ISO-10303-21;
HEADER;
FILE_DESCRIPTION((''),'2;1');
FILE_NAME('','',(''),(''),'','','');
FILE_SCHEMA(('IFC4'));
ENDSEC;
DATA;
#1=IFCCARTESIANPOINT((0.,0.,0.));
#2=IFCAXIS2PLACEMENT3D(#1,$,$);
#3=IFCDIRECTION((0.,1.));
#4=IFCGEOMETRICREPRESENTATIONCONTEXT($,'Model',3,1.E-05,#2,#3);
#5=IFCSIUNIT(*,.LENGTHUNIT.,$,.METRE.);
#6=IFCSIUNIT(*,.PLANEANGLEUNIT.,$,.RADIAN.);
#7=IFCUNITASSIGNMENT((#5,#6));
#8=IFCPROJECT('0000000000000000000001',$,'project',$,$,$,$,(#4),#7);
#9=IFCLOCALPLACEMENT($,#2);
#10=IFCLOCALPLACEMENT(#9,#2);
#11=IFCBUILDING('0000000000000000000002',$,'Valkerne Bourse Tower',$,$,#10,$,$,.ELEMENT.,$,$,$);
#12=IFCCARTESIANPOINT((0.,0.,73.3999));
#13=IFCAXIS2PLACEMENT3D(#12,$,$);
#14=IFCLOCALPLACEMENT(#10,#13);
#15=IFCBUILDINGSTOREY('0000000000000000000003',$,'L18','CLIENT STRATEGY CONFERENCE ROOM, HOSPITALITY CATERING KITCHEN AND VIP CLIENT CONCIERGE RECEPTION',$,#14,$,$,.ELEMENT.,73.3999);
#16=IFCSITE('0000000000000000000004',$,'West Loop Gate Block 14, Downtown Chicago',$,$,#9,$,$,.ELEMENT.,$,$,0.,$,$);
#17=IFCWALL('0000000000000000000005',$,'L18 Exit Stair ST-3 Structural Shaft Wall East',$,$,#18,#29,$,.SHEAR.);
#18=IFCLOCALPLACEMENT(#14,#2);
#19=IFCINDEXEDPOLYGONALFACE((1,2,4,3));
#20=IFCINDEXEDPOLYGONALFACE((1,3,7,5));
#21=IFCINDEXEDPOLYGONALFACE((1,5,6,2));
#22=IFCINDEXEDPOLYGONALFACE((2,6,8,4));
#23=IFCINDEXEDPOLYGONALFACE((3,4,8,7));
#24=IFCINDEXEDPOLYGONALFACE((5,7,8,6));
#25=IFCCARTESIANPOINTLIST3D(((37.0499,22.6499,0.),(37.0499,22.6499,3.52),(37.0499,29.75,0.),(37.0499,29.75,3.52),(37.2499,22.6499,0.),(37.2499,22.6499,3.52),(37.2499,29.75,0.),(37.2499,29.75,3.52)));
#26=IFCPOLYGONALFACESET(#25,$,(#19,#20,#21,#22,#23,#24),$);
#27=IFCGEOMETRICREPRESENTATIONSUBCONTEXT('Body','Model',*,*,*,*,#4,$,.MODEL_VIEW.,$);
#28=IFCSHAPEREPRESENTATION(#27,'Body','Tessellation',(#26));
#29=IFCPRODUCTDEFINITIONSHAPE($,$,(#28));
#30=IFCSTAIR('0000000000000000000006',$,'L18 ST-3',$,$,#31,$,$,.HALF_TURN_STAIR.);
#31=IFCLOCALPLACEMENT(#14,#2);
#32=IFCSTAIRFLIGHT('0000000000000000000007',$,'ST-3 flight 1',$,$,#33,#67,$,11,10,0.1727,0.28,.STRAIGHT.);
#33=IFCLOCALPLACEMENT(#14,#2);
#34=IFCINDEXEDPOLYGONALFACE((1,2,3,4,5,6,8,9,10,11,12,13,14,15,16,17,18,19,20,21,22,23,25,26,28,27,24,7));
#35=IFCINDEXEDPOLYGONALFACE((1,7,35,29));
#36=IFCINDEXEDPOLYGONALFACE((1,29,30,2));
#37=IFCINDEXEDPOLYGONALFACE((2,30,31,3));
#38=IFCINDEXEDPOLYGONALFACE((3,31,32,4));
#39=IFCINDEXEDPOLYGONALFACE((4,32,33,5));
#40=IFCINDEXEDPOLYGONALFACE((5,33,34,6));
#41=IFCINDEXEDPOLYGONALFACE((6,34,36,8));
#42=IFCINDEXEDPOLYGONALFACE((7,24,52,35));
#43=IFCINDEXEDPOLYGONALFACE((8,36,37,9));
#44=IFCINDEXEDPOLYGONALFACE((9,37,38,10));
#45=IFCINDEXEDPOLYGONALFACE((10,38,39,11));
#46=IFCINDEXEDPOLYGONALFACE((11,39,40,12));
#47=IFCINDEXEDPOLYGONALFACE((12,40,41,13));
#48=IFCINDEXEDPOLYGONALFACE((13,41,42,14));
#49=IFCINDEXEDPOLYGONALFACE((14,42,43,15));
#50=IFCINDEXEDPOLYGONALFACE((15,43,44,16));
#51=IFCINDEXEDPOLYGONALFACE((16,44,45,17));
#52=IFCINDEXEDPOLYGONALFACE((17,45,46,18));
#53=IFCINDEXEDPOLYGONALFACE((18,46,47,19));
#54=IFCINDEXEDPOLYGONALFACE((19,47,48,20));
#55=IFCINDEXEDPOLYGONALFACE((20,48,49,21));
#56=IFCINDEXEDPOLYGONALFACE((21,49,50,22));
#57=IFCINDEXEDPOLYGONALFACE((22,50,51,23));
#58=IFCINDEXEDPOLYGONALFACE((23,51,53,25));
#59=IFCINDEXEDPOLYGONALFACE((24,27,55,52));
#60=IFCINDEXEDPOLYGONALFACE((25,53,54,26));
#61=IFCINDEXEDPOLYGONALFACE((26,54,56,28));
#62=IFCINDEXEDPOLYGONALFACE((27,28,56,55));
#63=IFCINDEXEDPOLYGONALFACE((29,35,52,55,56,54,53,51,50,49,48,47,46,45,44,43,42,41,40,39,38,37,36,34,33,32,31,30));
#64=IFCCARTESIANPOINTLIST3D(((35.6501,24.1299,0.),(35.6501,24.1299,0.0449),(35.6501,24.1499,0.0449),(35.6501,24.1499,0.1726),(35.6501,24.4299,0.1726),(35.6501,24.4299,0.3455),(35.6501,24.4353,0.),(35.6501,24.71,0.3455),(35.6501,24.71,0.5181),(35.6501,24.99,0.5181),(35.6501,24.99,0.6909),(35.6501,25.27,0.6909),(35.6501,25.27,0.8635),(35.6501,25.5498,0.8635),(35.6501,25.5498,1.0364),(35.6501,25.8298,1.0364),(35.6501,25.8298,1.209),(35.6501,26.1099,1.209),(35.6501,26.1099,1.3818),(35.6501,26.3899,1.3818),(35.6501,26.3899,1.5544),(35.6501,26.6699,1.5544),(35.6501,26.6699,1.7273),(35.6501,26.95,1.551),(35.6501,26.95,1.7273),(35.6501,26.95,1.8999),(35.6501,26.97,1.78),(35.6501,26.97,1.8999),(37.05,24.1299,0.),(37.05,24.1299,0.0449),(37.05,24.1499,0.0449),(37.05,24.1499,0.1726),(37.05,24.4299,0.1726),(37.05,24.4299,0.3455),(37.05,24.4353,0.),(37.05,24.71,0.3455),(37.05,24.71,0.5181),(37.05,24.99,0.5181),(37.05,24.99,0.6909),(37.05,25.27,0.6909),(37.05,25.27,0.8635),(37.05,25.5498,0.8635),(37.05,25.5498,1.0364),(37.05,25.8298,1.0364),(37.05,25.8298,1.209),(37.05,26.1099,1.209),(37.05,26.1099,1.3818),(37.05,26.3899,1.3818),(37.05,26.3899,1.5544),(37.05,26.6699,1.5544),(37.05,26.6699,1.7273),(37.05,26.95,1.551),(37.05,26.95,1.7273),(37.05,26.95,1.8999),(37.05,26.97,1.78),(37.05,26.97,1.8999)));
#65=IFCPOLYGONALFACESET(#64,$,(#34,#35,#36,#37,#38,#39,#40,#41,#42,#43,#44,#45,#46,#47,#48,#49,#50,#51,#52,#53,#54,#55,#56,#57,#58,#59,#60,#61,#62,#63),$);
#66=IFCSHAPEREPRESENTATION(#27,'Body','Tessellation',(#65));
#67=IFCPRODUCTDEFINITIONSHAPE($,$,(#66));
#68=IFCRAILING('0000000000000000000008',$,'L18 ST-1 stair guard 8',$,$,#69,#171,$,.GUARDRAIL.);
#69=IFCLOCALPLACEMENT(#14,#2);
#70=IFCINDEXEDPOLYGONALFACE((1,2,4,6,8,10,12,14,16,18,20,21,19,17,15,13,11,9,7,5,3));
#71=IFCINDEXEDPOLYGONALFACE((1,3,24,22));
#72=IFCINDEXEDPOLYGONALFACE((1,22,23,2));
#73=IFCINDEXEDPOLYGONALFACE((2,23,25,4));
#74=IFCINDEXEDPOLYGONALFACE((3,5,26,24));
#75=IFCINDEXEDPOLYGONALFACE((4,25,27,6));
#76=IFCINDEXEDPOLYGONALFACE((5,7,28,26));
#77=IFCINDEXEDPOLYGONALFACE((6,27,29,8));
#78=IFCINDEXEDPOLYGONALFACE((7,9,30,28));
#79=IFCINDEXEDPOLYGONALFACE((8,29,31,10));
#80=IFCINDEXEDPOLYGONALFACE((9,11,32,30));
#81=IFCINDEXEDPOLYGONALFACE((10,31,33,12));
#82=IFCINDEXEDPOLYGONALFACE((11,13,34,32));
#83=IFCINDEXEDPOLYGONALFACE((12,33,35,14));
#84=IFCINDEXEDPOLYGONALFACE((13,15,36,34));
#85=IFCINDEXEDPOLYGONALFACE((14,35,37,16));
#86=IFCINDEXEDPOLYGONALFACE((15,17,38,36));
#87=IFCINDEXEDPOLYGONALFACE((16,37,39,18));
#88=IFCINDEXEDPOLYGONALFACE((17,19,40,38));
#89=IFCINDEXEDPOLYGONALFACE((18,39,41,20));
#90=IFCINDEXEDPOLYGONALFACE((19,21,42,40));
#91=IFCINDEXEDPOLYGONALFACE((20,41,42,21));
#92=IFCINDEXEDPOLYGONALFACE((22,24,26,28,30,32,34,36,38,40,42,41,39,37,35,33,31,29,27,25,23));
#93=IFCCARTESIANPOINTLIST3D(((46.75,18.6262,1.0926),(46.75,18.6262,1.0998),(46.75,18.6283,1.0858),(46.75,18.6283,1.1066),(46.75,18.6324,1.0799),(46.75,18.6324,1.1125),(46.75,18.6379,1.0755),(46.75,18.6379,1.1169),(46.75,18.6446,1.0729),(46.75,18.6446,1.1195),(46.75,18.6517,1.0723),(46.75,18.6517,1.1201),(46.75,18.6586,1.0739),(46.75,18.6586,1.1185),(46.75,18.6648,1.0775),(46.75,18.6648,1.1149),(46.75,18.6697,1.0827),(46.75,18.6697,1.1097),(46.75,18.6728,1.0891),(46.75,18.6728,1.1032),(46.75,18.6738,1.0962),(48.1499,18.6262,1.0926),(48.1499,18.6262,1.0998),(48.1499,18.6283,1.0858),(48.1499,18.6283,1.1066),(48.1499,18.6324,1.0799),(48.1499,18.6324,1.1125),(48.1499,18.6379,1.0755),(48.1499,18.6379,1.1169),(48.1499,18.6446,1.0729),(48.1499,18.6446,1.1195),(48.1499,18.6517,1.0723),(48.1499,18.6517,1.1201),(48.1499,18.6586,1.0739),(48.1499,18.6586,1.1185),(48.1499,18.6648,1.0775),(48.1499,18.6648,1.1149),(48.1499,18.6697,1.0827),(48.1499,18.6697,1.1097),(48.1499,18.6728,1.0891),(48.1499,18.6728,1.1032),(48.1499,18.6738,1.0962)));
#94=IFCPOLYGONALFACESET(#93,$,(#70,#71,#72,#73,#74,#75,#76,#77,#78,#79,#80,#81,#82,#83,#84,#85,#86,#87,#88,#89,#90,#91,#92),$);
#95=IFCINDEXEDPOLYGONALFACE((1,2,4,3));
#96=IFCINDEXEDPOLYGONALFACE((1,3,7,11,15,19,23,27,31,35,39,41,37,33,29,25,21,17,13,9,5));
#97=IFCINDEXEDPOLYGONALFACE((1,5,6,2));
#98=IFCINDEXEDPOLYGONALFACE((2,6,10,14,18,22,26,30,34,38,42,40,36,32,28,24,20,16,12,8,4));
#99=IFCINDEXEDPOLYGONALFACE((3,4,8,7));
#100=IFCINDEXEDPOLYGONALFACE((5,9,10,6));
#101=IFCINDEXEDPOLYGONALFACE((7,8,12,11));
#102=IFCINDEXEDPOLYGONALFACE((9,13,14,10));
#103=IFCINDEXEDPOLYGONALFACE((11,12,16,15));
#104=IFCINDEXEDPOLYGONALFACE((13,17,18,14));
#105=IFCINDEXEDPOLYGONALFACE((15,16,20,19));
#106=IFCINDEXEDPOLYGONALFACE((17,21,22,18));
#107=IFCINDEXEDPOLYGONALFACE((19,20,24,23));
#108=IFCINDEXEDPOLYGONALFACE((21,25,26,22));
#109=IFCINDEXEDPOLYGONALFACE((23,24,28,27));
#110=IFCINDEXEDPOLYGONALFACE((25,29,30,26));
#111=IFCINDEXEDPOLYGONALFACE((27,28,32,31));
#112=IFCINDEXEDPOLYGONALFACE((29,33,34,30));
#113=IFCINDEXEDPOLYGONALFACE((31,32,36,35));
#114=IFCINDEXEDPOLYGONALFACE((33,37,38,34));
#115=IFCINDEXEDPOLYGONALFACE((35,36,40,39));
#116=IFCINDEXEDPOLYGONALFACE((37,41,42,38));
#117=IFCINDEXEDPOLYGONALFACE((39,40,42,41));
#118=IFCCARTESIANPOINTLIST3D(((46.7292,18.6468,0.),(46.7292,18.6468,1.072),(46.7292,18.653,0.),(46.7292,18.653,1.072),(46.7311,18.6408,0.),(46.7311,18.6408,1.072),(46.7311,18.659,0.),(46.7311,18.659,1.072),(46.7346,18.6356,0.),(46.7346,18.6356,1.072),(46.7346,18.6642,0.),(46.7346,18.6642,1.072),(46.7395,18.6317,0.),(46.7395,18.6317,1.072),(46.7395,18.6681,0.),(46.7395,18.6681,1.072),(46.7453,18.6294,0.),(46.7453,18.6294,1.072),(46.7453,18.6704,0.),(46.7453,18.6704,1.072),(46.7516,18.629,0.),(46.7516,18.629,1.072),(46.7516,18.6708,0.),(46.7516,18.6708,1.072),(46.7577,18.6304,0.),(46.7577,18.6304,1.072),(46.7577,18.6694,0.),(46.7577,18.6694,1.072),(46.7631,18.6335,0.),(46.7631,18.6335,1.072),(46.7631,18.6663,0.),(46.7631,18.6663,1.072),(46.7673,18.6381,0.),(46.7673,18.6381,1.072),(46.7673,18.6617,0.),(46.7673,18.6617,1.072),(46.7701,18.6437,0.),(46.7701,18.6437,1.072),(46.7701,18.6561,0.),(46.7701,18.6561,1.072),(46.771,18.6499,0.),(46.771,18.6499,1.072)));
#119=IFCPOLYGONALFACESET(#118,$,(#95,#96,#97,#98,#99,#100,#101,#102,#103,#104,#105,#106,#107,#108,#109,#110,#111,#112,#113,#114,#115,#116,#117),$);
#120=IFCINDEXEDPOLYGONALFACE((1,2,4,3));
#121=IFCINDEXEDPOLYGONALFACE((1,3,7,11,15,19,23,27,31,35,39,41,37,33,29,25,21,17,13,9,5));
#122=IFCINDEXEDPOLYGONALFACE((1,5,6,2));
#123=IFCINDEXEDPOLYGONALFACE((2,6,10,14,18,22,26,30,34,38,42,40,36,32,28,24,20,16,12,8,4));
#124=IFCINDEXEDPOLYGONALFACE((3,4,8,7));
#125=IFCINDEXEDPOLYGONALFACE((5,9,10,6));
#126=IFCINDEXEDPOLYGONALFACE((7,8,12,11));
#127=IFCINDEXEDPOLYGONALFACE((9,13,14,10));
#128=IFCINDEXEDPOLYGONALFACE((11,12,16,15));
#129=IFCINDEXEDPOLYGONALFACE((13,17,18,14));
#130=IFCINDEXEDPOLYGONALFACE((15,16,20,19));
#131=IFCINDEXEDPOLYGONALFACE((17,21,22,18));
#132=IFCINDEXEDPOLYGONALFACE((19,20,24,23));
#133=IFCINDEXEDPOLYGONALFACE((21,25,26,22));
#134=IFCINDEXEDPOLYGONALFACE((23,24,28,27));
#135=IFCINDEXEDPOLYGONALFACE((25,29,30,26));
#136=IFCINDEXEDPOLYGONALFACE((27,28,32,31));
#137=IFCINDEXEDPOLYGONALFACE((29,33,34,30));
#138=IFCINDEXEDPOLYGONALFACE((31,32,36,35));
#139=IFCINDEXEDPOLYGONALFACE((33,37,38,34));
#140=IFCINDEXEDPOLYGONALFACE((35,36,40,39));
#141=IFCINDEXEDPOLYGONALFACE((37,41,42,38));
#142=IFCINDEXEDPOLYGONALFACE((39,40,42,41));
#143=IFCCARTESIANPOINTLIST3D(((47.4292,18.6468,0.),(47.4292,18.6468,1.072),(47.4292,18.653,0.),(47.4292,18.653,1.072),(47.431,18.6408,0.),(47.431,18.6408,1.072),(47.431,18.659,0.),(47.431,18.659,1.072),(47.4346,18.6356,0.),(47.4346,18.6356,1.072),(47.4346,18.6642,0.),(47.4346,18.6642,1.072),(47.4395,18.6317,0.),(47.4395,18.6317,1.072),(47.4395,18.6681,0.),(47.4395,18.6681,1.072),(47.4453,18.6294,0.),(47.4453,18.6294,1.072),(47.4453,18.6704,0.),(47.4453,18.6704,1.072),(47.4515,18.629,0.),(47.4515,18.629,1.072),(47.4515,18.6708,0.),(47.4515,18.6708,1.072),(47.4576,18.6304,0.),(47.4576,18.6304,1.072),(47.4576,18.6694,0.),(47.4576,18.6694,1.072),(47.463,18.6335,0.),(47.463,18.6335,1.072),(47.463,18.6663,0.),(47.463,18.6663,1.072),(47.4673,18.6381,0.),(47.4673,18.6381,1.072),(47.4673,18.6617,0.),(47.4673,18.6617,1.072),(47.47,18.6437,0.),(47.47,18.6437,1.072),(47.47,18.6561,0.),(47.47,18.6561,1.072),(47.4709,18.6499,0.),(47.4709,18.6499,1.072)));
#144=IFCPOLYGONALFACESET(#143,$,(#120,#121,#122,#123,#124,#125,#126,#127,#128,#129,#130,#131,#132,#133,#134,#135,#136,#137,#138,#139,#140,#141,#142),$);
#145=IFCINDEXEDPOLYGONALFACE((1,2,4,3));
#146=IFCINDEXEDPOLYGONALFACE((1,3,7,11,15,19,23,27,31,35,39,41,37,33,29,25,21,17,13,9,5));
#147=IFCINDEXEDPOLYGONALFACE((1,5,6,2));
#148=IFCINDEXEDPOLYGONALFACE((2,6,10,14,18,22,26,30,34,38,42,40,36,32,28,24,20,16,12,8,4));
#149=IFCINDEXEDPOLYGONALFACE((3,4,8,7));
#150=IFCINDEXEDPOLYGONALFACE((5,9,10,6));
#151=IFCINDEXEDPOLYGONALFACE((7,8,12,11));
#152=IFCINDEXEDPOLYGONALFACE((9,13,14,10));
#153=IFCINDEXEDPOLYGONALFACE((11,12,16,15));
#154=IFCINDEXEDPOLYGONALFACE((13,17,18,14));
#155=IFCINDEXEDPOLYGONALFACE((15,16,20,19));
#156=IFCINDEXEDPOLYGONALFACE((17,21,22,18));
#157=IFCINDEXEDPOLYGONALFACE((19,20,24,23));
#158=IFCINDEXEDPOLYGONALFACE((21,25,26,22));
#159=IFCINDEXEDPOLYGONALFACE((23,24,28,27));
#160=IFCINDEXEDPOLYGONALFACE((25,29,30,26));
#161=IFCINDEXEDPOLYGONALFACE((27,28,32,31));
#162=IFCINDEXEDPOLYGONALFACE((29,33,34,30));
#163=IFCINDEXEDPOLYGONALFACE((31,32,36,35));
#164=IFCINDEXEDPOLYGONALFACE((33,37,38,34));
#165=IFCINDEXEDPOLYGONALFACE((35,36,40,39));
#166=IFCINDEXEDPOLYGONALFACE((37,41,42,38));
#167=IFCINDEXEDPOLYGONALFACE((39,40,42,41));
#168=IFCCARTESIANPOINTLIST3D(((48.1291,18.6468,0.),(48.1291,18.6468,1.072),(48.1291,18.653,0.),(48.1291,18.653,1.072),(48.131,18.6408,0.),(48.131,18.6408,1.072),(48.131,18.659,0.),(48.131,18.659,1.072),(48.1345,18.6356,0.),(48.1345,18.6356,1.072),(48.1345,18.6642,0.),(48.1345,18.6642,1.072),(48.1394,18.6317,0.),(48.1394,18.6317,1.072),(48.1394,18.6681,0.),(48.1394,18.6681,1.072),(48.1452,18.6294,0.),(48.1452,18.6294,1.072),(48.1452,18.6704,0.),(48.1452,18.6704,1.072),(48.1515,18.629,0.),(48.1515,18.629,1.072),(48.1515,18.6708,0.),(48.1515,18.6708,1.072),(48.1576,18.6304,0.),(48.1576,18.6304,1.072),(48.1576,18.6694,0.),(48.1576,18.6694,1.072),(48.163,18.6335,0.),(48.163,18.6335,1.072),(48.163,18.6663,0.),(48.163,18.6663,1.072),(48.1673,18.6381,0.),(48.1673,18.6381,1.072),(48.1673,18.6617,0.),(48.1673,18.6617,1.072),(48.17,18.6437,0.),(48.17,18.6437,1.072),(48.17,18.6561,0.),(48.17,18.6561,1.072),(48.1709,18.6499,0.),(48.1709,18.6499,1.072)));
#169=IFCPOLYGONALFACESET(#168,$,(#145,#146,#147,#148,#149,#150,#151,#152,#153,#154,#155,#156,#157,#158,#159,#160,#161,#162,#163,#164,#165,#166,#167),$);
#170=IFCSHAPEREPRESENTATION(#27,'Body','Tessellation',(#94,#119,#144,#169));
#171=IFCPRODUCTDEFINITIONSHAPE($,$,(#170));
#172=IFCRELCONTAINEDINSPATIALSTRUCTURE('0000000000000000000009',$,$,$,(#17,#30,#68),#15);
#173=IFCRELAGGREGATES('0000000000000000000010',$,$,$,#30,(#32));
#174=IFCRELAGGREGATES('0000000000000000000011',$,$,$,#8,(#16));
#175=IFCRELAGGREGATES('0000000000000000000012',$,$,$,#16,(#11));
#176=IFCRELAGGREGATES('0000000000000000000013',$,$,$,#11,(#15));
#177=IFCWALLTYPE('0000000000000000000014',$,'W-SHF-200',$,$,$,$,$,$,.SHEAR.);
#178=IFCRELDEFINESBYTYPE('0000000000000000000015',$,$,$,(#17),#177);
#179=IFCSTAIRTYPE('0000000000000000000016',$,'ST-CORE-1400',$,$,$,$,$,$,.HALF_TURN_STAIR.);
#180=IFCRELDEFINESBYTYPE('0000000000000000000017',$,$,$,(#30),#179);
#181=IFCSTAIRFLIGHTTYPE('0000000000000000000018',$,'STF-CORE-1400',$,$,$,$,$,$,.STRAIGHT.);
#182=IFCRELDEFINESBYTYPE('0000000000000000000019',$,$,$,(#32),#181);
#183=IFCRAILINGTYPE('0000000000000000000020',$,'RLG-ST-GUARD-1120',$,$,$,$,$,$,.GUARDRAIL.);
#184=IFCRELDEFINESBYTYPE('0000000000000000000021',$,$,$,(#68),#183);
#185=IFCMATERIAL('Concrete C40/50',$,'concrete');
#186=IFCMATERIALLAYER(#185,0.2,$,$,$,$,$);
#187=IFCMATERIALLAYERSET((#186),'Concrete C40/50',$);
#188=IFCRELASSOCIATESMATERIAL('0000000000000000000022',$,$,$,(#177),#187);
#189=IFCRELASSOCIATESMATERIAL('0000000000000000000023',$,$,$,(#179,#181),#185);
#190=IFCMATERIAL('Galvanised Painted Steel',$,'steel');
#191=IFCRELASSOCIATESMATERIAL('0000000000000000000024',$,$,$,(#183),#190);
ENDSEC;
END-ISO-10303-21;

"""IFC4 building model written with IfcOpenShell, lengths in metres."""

from ifc_helpers import new_model, si_unit, direction, frame, frame_2d, origin, origin_2d, place, context, subcontext, project, spatial, polyline, rectangle, circle, outline, extrude, material, layer, layer_set, type_object, element, aggregate, save


model = new_model("IFC4")

# Units and contexts
model_context = context("Model", 3, precision=1e-05, world=origin(), true_north=direction((0.0, 1.0)))
body_context = subcontext(model_context, "Body", "Model", "MODEL_VIEW")
ifc_project = project(units=[si_unit("LENGTHUNIT", "METRE"), si_unit("PLANEANGLEUNIT", "RADIAN")], contexts=[model_context])

# Site, building, storey
site_placement = place(None, origin())
site = spatial("IfcSite", under=ifc_project, at=site_placement, Name="West Loop Gate Block 14, Downtown Chicago", CompositionType="ELEMENT", RefElevation=0.0)
building_placement = place(site_placement, origin())
building = spatial("IfcBuilding", under=site, at=building_placement, Name="Valkerne Bourse Tower", CompositionType="ELEMENT")
storey_placement = place(building_placement, frame((0.0, 0.0, 73.3999)))
storey = spatial("IfcBuildingStorey", under=building, at=storey_placement, Name="L18", Description="CLIENT STRATEGY CONFERENCE ROOM, HOSPITALITY CATERING KITCHEN AND VIP CLIENT CONCIERGE RECEPTION", CompositionType="ELEMENT", Elevation=73.3999)

# Shared definitions
ifc_material_1 = material(Name="Galvanised Painted Steel", Category="steel")

# Shared definitions
ifc_material_2 = material(Name="Concrete C40/50", Category="concrete")
ifc_layer_1 = layer(ifc_material_2, 0.2)
ifc_layer_set_1 = layer_set([ifc_layer_1], Name="Concrete C40/50")
wall_type_1 = type_object("IfcWallType", Name="W-SHF-200", PredefinedType="SHEAR", material=ifc_layer_set_1)

# Wall
wall_1_placement = place(storey_placement, frame((37.1499, 22.6499, 0.0), z_axis=(0.0, 0.0, 1.0), x_axis=(0.0, 1.0, 0.0)))
element("IfcWall", 1, at=wall_1_placement, inside=storey, type_object=wall_type_1, Name="L18 Exit Stair ST-3 Structural Shaft Wall East", PredefinedType="SHEAR", context=body_context, shape_type="SweptSolid", body=[
    extrude(rectangle(XDim=7.1001, YDim=0.2, at=frame_2d((3.55, 0.0))), origin(), (0.0, 0.0, 1.0), 3.52),
])

# Stair, stair flight
stair_type = type_object("IfcStairType", Name="ST-CORE-1400", PredefinedType="HALF_TURN_STAIR", material=ifc_material_2)
stair_placement = place(storey_placement, origin())
stair = element("IfcStair", 2, at=stair_placement, inside=storey, type_object=stair_type, Name="L18 ST-3", PredefinedType="HALF_TURN_STAIR")
stair_flight_type = type_object("IfcStairFlightType", Name="STF-CORE-1400", PredefinedType="STRAIGHT", material=ifc_material_2)
stair_flight_placement = place(storey_placement, frame((36.3501, 24.1499, 0.0), z_axis=(0.0, 0.0, 1.0), x_axis=(0.0, 1.0, 0.0)))
stair_flight = element("IfcStairFlight", 3, at=stair_flight_placement, type_object=stair_flight_type, Name="ST-3 flight 1", NumberOfRisers=11, NumberOfTreads=10, PredefinedType="STRAIGHT", RiserHeight=0.1727, TreadLength=0.28, context=body_context, shape_type="SweptSolid", body=[
    extrude(outline(polyline([(-0.02, 0.0), (-0.02, 0.0449), (0.0, 0.0449), (0.0, 0.1726), (0.28, 0.1726), (0.28, 0.3455), (0.5601, 0.3455), (0.5601, 0.5181), (0.8401, 0.5181), (0.8401, 0.6909), (1.1201, 0.6909), (1.1201, 0.8635), (1.3999, 0.8635), (1.3999, 1.0364), (1.6799, 1.0364), (1.6799, 1.209), (1.96, 1.209), (1.96, 1.3818), (2.24, 1.3818), (2.24, 1.5544), (2.52, 1.5544), (2.52, 1.7273), (2.8, 1.7273), (2.8, 1.8999), (2.8201, 1.8999), (2.8201, 1.78), (2.8, 1.551), (0.2854, 0.0), (-0.02, 0.0)])), frame((0.0, 0.7, 0.0), z_axis=(0.0, -1.0, 0.0), x_axis=(1.0, 0.0, 0.0)), (0.0, 0.0, 1.0), 1.3999),
])
aggregate(stair, [stair_flight])

# Railing
railing_type_1 = type_object("IfcRailingType", Name="RLG-ST-GUARD-1120", PredefinedType="GUARDRAIL", material=ifc_material_1)
for number, where, name in (
    (4, (46.75, 18.6499, 0.0), "L18 ST-1 stair guard 8"),
):
    element("IfcRailing", number, at=place(storey_placement, frame(where)), inside=storey, type_object=railing_type_1, Name=name, PredefinedType="GUARDRAIL", context=body_context, shape_type="SweptSolid", body=[
        extrude(circle(Radius=0.0239, at=origin_2d()), frame((0.0, 0.0, 1.0962), z_axis=(1.0, 0.0, 0.0), x_axis=(0.0, 1.0, 0.0)), (0.0, 0.0, 1.0), 1.3999),
        extrude(circle(Radius=0.021, at=origin_2d()), origin(), (0.0, 0.0, 1.0), 1.072),
        extrude(circle(Radius=0.021, at=origin_2d()), frame((0.7, 0.0, 0.0)), (0.0, 0.0, 1.0), 1.072),
        extrude(circle(Radius=0.021, at=origin_2d()), frame((1.3999, 0.0, 0.0)), (0.0, 0.0, 1.0), 1.072),
    ])

save(model, "model.ifc")
